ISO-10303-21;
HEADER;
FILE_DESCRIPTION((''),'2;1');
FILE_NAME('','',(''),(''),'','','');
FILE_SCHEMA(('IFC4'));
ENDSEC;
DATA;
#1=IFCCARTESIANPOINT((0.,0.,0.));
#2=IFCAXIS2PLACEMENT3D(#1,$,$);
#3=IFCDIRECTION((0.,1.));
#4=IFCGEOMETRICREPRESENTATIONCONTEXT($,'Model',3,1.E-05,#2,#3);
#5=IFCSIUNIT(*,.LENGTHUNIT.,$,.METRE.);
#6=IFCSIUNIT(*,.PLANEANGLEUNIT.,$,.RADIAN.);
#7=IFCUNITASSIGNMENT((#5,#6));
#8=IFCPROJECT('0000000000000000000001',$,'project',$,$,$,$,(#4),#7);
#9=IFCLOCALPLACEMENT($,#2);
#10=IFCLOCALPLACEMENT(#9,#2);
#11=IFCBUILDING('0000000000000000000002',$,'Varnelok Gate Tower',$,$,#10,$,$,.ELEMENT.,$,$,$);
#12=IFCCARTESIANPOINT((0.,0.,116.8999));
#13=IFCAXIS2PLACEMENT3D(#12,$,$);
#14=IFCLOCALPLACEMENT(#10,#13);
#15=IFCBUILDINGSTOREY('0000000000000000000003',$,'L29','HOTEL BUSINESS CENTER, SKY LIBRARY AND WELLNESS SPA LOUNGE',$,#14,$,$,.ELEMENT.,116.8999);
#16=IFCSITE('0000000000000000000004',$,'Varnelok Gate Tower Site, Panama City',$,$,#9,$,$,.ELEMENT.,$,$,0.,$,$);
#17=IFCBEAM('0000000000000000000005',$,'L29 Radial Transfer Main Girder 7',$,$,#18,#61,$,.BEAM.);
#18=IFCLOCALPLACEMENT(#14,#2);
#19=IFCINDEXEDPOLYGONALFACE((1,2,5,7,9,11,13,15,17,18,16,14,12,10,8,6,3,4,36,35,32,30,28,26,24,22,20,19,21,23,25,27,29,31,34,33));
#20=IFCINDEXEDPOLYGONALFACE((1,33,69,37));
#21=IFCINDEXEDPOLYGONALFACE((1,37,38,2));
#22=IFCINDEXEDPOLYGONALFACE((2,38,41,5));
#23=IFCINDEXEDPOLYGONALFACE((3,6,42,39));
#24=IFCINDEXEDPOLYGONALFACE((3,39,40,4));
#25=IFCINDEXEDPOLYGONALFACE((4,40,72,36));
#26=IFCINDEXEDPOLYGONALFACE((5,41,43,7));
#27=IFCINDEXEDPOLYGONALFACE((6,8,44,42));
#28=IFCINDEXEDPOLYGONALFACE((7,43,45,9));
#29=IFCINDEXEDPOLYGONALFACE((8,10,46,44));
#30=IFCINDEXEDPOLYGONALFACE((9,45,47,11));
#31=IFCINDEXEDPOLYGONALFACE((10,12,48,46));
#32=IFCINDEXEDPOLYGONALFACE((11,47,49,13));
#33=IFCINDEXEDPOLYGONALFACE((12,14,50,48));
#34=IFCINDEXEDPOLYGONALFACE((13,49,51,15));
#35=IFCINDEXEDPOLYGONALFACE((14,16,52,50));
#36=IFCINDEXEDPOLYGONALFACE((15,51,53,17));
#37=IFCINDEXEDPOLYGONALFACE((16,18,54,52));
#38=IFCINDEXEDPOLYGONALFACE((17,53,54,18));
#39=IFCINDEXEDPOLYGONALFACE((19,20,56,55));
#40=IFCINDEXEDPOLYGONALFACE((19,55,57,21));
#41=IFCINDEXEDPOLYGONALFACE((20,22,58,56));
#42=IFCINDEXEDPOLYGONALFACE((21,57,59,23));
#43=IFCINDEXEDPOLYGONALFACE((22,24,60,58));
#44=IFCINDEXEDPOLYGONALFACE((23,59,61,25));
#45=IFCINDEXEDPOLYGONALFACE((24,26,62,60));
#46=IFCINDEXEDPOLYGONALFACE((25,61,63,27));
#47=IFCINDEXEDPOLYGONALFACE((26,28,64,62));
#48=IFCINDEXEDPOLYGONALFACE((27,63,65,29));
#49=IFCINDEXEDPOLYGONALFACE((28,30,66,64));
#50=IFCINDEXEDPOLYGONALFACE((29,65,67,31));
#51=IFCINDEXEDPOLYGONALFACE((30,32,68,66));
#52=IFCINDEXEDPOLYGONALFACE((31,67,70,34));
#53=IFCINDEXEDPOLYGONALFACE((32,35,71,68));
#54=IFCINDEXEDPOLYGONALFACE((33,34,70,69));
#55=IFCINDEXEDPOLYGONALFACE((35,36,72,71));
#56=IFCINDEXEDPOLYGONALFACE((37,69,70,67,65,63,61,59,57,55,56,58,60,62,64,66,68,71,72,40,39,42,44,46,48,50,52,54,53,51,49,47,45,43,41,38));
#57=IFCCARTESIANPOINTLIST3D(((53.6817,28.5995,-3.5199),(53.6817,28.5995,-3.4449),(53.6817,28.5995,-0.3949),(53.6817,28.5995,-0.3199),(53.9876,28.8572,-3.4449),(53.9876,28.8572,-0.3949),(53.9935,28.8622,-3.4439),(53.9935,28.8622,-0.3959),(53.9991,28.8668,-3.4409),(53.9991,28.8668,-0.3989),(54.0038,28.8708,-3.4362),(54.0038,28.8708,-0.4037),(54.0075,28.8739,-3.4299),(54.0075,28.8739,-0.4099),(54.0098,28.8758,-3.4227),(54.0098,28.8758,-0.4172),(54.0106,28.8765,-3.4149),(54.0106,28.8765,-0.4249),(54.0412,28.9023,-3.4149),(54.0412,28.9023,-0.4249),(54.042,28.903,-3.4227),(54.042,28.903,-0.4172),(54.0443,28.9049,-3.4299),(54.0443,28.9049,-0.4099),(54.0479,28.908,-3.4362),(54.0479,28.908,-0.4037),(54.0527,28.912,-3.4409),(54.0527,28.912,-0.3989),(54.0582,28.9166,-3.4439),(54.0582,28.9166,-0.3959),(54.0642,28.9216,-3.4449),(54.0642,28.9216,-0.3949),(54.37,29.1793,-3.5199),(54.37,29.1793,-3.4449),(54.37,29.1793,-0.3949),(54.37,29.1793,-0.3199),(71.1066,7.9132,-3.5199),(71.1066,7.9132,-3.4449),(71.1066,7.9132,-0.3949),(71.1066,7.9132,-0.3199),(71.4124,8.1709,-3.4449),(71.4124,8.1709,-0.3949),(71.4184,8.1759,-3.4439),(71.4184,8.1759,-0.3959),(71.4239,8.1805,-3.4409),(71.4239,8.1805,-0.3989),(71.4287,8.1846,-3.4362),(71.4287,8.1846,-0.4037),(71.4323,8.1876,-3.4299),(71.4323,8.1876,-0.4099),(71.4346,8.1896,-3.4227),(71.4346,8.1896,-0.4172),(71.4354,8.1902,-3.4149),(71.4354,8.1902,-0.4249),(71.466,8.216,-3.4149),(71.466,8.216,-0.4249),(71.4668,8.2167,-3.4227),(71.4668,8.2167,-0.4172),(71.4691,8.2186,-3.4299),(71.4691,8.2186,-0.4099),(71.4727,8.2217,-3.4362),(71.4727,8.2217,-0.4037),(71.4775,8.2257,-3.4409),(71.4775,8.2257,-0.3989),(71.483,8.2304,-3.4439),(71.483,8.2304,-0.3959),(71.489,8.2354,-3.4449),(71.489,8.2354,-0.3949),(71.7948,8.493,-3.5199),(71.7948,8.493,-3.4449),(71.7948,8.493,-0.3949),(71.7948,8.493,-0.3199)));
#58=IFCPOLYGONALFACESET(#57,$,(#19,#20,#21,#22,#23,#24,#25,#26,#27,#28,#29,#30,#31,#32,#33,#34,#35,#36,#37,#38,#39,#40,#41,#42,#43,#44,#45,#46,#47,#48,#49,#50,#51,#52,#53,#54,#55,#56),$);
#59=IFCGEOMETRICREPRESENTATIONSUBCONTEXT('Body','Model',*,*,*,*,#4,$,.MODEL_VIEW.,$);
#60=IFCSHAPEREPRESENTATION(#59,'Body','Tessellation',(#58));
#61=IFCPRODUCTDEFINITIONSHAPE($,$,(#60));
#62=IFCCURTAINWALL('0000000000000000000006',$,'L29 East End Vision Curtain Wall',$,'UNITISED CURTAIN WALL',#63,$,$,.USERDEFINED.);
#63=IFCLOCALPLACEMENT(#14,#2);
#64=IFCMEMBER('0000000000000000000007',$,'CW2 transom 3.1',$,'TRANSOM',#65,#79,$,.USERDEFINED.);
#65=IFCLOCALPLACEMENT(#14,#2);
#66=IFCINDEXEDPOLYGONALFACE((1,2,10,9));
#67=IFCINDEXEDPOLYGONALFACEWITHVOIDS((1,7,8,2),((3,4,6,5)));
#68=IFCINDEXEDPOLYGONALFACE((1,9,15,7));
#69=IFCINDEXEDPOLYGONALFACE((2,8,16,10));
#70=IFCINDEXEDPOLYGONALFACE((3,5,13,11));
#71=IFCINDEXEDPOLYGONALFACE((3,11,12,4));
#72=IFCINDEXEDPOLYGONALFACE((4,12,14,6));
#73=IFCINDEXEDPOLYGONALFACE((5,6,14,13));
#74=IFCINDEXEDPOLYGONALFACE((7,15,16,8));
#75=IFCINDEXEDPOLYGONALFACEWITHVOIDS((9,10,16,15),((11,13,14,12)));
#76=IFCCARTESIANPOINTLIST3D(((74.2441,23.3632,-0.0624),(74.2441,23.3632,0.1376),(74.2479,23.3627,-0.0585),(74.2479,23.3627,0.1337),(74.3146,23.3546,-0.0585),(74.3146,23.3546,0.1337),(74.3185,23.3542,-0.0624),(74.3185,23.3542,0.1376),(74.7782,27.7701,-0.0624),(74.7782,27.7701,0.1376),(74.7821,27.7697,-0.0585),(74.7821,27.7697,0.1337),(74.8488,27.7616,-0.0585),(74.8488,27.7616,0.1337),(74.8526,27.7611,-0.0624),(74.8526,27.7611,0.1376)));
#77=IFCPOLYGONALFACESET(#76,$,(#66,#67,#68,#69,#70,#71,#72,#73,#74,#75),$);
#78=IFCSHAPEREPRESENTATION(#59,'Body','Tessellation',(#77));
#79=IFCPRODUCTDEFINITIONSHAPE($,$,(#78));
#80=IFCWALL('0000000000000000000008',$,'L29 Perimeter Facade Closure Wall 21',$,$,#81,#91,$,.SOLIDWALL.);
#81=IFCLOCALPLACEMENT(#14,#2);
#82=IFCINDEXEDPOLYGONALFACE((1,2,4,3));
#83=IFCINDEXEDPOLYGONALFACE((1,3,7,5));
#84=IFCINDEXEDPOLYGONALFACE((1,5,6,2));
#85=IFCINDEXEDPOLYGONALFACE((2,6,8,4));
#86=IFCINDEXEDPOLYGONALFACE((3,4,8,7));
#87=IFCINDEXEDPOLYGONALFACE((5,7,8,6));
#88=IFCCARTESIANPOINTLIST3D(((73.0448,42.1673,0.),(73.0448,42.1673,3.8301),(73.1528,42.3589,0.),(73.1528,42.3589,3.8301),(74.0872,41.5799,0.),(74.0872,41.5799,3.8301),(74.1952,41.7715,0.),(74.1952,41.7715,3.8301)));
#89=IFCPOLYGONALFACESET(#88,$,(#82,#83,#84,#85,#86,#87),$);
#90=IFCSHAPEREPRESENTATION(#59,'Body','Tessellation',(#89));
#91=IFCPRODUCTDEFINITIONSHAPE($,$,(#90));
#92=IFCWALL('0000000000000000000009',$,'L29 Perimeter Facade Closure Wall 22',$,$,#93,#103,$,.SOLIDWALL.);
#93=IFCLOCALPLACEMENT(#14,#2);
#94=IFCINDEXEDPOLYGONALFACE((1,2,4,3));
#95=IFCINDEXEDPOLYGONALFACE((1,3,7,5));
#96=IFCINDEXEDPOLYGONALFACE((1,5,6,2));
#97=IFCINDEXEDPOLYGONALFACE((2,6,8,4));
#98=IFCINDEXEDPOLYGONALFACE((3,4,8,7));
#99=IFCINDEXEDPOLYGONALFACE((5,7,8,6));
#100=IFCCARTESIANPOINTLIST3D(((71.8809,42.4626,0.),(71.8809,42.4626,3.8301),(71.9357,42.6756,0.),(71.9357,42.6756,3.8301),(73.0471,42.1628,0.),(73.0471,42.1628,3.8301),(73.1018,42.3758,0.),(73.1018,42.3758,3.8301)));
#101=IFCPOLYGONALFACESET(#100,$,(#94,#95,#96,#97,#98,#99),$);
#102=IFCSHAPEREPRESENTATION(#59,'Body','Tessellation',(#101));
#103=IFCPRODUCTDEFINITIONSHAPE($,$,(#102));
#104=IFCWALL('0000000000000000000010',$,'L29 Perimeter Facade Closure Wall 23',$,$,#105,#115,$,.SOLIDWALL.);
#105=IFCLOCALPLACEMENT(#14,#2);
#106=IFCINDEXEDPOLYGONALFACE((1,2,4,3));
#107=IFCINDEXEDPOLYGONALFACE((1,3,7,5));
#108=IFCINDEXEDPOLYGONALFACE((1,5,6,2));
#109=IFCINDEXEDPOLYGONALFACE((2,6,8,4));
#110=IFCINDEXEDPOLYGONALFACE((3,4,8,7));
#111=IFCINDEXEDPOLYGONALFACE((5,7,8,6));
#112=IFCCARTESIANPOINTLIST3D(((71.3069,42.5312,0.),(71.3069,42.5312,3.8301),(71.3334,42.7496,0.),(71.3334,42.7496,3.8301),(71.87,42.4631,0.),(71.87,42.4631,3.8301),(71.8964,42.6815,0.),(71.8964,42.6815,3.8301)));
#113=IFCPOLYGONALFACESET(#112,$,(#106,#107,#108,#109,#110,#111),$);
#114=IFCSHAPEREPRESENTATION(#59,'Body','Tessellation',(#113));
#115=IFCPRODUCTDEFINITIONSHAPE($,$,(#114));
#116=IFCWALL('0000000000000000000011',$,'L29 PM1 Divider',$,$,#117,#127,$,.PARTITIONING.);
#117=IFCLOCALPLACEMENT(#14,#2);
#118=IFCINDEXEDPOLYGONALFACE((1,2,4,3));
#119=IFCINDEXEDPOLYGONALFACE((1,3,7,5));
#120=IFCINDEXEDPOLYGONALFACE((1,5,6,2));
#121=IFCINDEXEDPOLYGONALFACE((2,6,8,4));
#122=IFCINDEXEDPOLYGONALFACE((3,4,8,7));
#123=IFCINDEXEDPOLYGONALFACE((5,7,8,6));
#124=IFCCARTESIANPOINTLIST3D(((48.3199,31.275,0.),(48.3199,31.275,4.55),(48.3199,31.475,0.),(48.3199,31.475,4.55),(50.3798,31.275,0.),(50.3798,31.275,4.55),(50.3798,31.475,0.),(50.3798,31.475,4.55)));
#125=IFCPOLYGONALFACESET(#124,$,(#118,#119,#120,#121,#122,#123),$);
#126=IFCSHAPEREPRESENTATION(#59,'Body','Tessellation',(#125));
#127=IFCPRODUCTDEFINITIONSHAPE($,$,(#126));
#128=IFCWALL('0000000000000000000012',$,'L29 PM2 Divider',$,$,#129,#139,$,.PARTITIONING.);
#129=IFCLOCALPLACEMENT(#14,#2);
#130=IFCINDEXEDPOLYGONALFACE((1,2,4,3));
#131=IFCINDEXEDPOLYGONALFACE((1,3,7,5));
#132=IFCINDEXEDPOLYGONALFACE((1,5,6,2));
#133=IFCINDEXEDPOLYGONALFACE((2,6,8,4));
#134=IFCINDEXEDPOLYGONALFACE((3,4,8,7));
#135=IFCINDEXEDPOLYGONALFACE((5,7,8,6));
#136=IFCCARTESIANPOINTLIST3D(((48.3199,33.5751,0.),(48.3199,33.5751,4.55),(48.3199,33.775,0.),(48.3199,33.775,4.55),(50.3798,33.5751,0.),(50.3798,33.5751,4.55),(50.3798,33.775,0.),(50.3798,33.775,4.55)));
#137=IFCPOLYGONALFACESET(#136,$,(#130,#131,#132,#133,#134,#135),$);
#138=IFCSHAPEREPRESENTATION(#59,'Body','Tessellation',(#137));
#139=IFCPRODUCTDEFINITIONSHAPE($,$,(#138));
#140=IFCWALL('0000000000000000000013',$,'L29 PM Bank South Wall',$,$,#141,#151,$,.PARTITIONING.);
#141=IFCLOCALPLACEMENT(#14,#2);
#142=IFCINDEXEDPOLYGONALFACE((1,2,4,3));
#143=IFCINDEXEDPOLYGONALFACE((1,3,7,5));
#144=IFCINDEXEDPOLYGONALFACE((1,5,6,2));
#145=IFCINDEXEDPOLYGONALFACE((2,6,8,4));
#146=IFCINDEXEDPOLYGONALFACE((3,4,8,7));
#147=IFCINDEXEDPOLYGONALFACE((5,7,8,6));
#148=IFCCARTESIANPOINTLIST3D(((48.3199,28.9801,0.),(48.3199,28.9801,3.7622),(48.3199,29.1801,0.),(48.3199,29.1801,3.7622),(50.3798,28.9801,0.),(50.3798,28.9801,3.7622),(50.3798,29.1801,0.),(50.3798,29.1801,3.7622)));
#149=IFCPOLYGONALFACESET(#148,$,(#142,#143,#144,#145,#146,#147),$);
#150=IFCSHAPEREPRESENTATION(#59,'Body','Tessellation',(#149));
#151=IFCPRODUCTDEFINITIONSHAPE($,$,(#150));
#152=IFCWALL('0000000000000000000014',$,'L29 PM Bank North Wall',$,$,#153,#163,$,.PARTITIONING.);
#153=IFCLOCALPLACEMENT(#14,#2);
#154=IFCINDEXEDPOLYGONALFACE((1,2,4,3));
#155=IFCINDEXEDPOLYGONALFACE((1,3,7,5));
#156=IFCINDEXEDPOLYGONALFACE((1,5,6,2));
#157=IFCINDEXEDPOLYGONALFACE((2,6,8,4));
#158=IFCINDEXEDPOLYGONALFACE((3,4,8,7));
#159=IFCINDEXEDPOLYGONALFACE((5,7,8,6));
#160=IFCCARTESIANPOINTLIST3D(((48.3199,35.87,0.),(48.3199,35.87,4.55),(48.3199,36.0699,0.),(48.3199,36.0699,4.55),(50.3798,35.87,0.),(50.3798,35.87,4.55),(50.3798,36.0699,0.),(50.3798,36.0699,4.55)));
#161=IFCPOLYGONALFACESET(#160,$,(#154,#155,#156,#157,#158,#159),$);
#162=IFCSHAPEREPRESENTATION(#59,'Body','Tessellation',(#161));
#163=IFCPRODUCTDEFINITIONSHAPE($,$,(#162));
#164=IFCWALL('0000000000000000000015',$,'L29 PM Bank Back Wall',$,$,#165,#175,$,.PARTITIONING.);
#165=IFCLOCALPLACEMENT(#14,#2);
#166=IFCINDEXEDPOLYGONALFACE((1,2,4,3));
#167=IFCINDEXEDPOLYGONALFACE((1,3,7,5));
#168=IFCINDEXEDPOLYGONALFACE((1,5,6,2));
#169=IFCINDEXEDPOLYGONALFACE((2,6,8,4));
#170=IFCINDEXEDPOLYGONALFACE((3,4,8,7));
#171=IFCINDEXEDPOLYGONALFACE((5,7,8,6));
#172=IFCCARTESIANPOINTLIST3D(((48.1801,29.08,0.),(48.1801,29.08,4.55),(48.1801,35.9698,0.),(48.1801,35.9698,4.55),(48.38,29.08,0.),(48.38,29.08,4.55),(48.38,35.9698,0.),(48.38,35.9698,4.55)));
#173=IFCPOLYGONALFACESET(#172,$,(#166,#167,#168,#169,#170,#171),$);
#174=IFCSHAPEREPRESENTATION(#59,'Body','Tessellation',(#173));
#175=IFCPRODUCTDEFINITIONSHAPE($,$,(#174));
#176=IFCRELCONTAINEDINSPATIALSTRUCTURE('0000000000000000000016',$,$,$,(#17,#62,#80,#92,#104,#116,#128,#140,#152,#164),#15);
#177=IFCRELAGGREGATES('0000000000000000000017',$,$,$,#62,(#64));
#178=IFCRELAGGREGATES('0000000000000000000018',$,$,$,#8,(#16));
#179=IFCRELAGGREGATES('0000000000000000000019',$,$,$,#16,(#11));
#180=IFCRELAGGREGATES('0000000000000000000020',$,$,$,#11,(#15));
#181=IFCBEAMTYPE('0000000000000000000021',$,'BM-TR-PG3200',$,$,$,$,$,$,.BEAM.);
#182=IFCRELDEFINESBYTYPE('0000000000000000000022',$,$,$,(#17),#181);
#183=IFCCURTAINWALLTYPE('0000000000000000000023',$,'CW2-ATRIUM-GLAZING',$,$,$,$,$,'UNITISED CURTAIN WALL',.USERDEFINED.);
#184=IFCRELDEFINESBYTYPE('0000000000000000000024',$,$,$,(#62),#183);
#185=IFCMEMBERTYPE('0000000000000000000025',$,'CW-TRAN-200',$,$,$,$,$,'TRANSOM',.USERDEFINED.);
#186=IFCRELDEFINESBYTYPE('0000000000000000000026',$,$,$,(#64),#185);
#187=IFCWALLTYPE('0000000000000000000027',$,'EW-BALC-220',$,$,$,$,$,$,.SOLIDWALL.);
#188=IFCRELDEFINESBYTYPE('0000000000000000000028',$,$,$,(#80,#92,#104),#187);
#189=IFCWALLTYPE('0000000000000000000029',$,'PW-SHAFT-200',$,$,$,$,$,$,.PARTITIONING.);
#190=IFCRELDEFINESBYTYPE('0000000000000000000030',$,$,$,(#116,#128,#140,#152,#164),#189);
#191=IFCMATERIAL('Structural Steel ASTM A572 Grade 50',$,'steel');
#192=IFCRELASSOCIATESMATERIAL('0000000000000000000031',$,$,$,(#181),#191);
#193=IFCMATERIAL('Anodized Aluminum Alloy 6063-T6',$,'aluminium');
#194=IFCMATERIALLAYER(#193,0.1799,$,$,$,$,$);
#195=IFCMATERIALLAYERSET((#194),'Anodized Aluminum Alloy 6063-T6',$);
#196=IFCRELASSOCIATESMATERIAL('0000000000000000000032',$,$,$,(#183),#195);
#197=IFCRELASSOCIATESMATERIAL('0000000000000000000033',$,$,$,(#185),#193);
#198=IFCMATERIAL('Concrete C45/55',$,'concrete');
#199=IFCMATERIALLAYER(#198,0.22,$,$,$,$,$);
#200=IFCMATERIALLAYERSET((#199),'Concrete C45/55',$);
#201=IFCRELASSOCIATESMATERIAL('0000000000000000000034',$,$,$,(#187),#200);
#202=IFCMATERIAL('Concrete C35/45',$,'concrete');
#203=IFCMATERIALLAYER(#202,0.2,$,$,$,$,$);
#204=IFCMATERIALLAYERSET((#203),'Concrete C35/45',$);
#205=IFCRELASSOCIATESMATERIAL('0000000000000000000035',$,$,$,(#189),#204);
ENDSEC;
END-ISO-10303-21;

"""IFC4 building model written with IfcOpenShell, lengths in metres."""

from ifc_helpers import new_model, si_unit, direction, frame, frame_2d, origin, origin_2d, place, context, subcontext, project, spatial, rectangle, hollow_rectangle, i_section, extrude, material, layer, layer_set, material_profile, profile_set, type_object, element, aggregate, save


model = new_model("IFC4")

# Units and contexts
model_context = context("Model", 3, precision=1e-05, world=origin(), true_north=direction((0.0, 1.0)))
body_context = subcontext(model_context, "Body", "Model", "MODEL_VIEW")
ifc_project = project(units=[si_unit("LENGTHUNIT", "METRE"), si_unit("PLANEANGLEUNIT", "RADIAN")], contexts=[model_context])

# Site, building, storey
site_placement = place(None, origin())
site = spatial("IfcSite", under=ifc_project, at=site_placement, Name="Varnelok Gate Tower Site, Panama City", CompositionType="ELEMENT", RefElevation=0.0)
building_placement = place(site_placement, origin())
building = spatial("IfcBuilding", under=site, at=building_placement, Name="Varnelok Gate Tower", CompositionType="ELEMENT")
storey_placement = place(building_placement, frame((0.0, 0.0, 116.8999)))
storey = spatial("IfcBuildingStorey", under=building, at=storey_placement, Name="L29", Description="HOTEL BUSINESS CENTER, SKY LIBRARY AND WELLNESS SPA LOUNGE", CompositionType="ELEMENT", Elevation=116.8999)

# Beam
ifc_material_1 = material(Name="Structural Steel ASTM A572 Grade 50", Category="steel")
ifc_material_profile_1 = material_profile(ifc_material_1, i_section(OverallWidth=0.8999, OverallDepth=3.2, WebThickness=0.04, FlangeThickness=0.075, FilletRadius=0.03, at=origin_2d()), Name="PG3200X900")
ifc_profile_set_1 = profile_set([ifc_material_profile_1], Name="Structural Steel ASTM A572 Grade 50")
beam_type_1 = type_object("IfcBeamType", Name="BM-TR-PG3200", PredefinedType="BEAM", material=ifc_profile_set_1)
beam_1_placement = place(storey_placement, frame((54.0259, 28.8894, -1.9199), z_axis=(0.644239, -0.764824, 0.0), x_axis=(0.764824, 0.644239, 0.0)))
element("IfcBeam", 1, at=beam_1_placement, inside=storey, type_object=beam_type_1, Name="L29 Radial Transfer Main Girder 7", PredefinedType="BEAM", context=body_context, shape_type="SweptSolid", body=[
    extrude(i_section(OverallWidth=0.8999, OverallDepth=3.2, WebThickness=0.04, FlangeThickness=0.075, FilletRadius=0.03, at=origin_2d()), origin(), (0.0, 0.0, 1.0), 27.0471),
])

# Curtain wall, member
ifc_material_2 = material(Name="Anodized Aluminum Alloy 6063-T6", Category="aluminium")
ifc_layer_1 = layer(ifc_material_2, 0.1799)
ifc_layer_set_1 = layer_set([ifc_layer_1], Name="Anodized Aluminum Alloy 6063-T6")
curtain_wall_type = type_object("IfcCurtainWallType", Name="CW2-ATRIUM-GLAZING", ElementType="UNITISED CURTAIN WALL", PredefinedType="USERDEFINED", material=ifc_layer_set_1)
curtain_wall_placement = place(storey_placement, origin())
curtain_wall = element("IfcCurtainWall", 2, at=curtain_wall_placement, inside=storey, type_object=curtain_wall_type, Name="L29 East End Vision Curtain Wall", ObjectType="UNITISED CURTAIN WALL", PredefinedType="USERDEFINED")
ifc_material_profile_2 = material_profile(ifc_material_2, hollow_rectangle(XDim=0.075, YDim=0.2, WallThickness=0.0039, at=origin_2d()), Name="ALU200X75X4")
ifc_profile_set_2 = profile_set([ifc_material_profile_2], Name="Anodized Aluminum Alloy 6063-T6")
member_type = type_object("IfcMemberType", Name="CW-TRAN-200", ElementType="TRANSOM", PredefinedType="USERDEFINED", material=ifc_profile_set_2)
member_placement = place(storey_placement, frame((74.8154, 27.7656, 0.0376), z_axis=(-0.120331, -0.992734, 0.0), x_axis=(0.992734, -0.120331, 0.0)))
member = element("IfcMember", 3, at=member_placement, type_object=member_type, Name="CW2 transom 3.1", ObjectType="TRANSOM", PredefinedType="USERDEFINED", context=body_context, shape_type="SweptSolid", body=[
    extrude(hollow_rectangle(XDim=0.075, YDim=0.2, WallThickness=0.0039, at=origin_2d()), origin(), (0.0, 0.0, 1.0), 4.4392),
])
aggregate(curtain_wall, [member])

# Walls
ifc_material_3 = material(Name="Concrete C45/55", Category="concrete")
ifc_layer_2 = layer(ifc_material_3, 0.22)
ifc_layer_set_2 = layer_set([ifc_layer_2], Name="Concrete C45/55")
wall_type_1 = type_object("IfcWallType", Name="EW-BALC-220", PredefinedType="SOLIDWALL", material=ifc_layer_set_2)
wall_1_placement = place(storey_placement, frame((74.1411, 41.6758, 0.0), z_axis=(0.0, 0.0, 1.0), x_axis=(-0.871216, 0.4909, 0.0)))
element("IfcWall", 4, at=wall_1_placement, inside=storey, type_object=wall_type_1, Name="L29 Perimeter Facade Closure Wall 21", PredefinedType="SOLIDWALL", context=body_context, shape_type="SweptSolid", body=[
    extrude(rectangle(XDim=1.1965, YDim=0.22, at=frame_2d((0.5981, 0.0))), origin(), (0.0, 0.0, 1.0), 3.8301),
])
wall_2_placement = place(storey_placement, frame((73.0745, 42.2693, 0.0), z_axis=(0.0, 0.0, 1.0), x_axis=(-0.968511, 0.24897, 0.0)))
element("IfcWall", 5, at=wall_2_placement, inside=storey, type_object=wall_type_1, Name="L29 Perimeter Facade Closure Wall 22", PredefinedType="SOLIDWALL", context=body_context, shape_type="SweptSolid", body=[
    extrude(rectangle(XDim=1.2041, YDim=0.22, at=frame_2d((0.6021, 0.0))), origin(), (0.0, 0.0, 1.0), 3.8301),
])
wall_3_placement = place(storey_placement, frame((71.8833, 42.5723, 0.0), z_axis=(0.0, 0.0, 1.0), x_axis=(-0.99276, 0.120113, 0.0)))
element("IfcWall", 6, at=wall_3_placement, inside=storey, type_object=wall_type_1, Name="L29 Perimeter Facade Closure Wall 23", PredefinedType="SOLIDWALL", context=body_context, shape_type="SweptSolid", body=[
    extrude(rectangle(XDim=0.5671, YDim=0.22, at=frame_2d((0.2837, 0.0))), origin(), (0.0, 0.0, 1.0), 3.8301),
])
ifc_material_4 = material(Name="Concrete C35/45", Category="concrete")
ifc_layer_3 = layer(ifc_material_4, 0.2)
ifc_layer_set_3 = layer_set([ifc_layer_3], Name="Concrete C35/45")
wall_type_2 = type_object("IfcWallType", Name="PW-SHAFT-200", PredefinedType="PARTITIONING", material=ifc_layer_set_3)
for number, where, z_axis, x_axis, name in (
    (7, (48.3201, 31.375, 0.0), (0.0, 0.0, 1.0), (1.0, 0.0, 0.0), "L29 PM1 Divider"),
    (8, (48.3201, 33.675, 0.0), (0.0, 0.0, 1.0), (1.0, 0.0, 0.0), "L29 PM2 Divider"),
):
    element("IfcWall", number, at=place(storey_placement, frame(where, z_axis=z_axis, x_axis=x_axis)), inside=storey, type_object=wall_type_2, Name=name, PredefinedType="PARTITIONING", context=body_context, shape_type="SweptSolid", body=[
        extrude(rectangle(XDim=2.0598, YDim=0.2, at=frame_2d((1.0298, 0.0))), origin(), (0.0, 0.0, 1.0), 4.55),
    ])
wall_4_placement = place(storey_placement, frame((48.3201, 29.0801, 0.0), z_axis=(0.0, 0.0, 1.0), x_axis=(1.0, 0.0, 0.0)))
element("IfcWall", 9, at=wall_4_placement, inside=storey, type_object=wall_type_2, Name="L29 PM Bank South Wall", PredefinedType="PARTITIONING", context=body_context, shape_type="SweptSolid", body=[
    extrude(rectangle(XDim=2.0598, YDim=0.2, at=frame_2d((1.0298, 0.0))), origin(), (0.0, 0.0, 1.0), 3.7622),
])
wall_5_placement = place(storey_placement, frame((48.3201, 35.97, 0.0), z_axis=(0.0, 0.0, 1.0), x_axis=(1.0, 0.0, 0.0)))
element("IfcWall", 10, at=wall_5_placement, inside=storey, type_object=wall_type_2, Name="L29 PM Bank North Wall", PredefinedType="PARTITIONING", context=body_context, shape_type="SweptSolid", body=[
    extrude(rectangle(XDim=2.0598, YDim=0.2, at=frame_2d((1.0298, 0.0))), origin(), (0.0, 0.0, 1.0), 4.55),
])
wall_6_placement = place(storey_placement, frame((48.28, 29.0801, 0.0), z_axis=(0.0, 0.0, 1.0), x_axis=(0.0, 1.0, 0.0)))
element("IfcWall", 11, at=wall_6_placement, inside=storey, type_object=wall_type_2, Name="L29 PM Bank Back Wall", PredefinedType="PARTITIONING", context=body_context, shape_type="SweptSolid", body=[
    extrude(rectangle(XDim=6.8899, YDim=0.2, at=frame_2d((3.4448, 0.0))), origin(), (0.0, 0.0, 1.0), 4.55),
])

save(model, "model.ifc")
